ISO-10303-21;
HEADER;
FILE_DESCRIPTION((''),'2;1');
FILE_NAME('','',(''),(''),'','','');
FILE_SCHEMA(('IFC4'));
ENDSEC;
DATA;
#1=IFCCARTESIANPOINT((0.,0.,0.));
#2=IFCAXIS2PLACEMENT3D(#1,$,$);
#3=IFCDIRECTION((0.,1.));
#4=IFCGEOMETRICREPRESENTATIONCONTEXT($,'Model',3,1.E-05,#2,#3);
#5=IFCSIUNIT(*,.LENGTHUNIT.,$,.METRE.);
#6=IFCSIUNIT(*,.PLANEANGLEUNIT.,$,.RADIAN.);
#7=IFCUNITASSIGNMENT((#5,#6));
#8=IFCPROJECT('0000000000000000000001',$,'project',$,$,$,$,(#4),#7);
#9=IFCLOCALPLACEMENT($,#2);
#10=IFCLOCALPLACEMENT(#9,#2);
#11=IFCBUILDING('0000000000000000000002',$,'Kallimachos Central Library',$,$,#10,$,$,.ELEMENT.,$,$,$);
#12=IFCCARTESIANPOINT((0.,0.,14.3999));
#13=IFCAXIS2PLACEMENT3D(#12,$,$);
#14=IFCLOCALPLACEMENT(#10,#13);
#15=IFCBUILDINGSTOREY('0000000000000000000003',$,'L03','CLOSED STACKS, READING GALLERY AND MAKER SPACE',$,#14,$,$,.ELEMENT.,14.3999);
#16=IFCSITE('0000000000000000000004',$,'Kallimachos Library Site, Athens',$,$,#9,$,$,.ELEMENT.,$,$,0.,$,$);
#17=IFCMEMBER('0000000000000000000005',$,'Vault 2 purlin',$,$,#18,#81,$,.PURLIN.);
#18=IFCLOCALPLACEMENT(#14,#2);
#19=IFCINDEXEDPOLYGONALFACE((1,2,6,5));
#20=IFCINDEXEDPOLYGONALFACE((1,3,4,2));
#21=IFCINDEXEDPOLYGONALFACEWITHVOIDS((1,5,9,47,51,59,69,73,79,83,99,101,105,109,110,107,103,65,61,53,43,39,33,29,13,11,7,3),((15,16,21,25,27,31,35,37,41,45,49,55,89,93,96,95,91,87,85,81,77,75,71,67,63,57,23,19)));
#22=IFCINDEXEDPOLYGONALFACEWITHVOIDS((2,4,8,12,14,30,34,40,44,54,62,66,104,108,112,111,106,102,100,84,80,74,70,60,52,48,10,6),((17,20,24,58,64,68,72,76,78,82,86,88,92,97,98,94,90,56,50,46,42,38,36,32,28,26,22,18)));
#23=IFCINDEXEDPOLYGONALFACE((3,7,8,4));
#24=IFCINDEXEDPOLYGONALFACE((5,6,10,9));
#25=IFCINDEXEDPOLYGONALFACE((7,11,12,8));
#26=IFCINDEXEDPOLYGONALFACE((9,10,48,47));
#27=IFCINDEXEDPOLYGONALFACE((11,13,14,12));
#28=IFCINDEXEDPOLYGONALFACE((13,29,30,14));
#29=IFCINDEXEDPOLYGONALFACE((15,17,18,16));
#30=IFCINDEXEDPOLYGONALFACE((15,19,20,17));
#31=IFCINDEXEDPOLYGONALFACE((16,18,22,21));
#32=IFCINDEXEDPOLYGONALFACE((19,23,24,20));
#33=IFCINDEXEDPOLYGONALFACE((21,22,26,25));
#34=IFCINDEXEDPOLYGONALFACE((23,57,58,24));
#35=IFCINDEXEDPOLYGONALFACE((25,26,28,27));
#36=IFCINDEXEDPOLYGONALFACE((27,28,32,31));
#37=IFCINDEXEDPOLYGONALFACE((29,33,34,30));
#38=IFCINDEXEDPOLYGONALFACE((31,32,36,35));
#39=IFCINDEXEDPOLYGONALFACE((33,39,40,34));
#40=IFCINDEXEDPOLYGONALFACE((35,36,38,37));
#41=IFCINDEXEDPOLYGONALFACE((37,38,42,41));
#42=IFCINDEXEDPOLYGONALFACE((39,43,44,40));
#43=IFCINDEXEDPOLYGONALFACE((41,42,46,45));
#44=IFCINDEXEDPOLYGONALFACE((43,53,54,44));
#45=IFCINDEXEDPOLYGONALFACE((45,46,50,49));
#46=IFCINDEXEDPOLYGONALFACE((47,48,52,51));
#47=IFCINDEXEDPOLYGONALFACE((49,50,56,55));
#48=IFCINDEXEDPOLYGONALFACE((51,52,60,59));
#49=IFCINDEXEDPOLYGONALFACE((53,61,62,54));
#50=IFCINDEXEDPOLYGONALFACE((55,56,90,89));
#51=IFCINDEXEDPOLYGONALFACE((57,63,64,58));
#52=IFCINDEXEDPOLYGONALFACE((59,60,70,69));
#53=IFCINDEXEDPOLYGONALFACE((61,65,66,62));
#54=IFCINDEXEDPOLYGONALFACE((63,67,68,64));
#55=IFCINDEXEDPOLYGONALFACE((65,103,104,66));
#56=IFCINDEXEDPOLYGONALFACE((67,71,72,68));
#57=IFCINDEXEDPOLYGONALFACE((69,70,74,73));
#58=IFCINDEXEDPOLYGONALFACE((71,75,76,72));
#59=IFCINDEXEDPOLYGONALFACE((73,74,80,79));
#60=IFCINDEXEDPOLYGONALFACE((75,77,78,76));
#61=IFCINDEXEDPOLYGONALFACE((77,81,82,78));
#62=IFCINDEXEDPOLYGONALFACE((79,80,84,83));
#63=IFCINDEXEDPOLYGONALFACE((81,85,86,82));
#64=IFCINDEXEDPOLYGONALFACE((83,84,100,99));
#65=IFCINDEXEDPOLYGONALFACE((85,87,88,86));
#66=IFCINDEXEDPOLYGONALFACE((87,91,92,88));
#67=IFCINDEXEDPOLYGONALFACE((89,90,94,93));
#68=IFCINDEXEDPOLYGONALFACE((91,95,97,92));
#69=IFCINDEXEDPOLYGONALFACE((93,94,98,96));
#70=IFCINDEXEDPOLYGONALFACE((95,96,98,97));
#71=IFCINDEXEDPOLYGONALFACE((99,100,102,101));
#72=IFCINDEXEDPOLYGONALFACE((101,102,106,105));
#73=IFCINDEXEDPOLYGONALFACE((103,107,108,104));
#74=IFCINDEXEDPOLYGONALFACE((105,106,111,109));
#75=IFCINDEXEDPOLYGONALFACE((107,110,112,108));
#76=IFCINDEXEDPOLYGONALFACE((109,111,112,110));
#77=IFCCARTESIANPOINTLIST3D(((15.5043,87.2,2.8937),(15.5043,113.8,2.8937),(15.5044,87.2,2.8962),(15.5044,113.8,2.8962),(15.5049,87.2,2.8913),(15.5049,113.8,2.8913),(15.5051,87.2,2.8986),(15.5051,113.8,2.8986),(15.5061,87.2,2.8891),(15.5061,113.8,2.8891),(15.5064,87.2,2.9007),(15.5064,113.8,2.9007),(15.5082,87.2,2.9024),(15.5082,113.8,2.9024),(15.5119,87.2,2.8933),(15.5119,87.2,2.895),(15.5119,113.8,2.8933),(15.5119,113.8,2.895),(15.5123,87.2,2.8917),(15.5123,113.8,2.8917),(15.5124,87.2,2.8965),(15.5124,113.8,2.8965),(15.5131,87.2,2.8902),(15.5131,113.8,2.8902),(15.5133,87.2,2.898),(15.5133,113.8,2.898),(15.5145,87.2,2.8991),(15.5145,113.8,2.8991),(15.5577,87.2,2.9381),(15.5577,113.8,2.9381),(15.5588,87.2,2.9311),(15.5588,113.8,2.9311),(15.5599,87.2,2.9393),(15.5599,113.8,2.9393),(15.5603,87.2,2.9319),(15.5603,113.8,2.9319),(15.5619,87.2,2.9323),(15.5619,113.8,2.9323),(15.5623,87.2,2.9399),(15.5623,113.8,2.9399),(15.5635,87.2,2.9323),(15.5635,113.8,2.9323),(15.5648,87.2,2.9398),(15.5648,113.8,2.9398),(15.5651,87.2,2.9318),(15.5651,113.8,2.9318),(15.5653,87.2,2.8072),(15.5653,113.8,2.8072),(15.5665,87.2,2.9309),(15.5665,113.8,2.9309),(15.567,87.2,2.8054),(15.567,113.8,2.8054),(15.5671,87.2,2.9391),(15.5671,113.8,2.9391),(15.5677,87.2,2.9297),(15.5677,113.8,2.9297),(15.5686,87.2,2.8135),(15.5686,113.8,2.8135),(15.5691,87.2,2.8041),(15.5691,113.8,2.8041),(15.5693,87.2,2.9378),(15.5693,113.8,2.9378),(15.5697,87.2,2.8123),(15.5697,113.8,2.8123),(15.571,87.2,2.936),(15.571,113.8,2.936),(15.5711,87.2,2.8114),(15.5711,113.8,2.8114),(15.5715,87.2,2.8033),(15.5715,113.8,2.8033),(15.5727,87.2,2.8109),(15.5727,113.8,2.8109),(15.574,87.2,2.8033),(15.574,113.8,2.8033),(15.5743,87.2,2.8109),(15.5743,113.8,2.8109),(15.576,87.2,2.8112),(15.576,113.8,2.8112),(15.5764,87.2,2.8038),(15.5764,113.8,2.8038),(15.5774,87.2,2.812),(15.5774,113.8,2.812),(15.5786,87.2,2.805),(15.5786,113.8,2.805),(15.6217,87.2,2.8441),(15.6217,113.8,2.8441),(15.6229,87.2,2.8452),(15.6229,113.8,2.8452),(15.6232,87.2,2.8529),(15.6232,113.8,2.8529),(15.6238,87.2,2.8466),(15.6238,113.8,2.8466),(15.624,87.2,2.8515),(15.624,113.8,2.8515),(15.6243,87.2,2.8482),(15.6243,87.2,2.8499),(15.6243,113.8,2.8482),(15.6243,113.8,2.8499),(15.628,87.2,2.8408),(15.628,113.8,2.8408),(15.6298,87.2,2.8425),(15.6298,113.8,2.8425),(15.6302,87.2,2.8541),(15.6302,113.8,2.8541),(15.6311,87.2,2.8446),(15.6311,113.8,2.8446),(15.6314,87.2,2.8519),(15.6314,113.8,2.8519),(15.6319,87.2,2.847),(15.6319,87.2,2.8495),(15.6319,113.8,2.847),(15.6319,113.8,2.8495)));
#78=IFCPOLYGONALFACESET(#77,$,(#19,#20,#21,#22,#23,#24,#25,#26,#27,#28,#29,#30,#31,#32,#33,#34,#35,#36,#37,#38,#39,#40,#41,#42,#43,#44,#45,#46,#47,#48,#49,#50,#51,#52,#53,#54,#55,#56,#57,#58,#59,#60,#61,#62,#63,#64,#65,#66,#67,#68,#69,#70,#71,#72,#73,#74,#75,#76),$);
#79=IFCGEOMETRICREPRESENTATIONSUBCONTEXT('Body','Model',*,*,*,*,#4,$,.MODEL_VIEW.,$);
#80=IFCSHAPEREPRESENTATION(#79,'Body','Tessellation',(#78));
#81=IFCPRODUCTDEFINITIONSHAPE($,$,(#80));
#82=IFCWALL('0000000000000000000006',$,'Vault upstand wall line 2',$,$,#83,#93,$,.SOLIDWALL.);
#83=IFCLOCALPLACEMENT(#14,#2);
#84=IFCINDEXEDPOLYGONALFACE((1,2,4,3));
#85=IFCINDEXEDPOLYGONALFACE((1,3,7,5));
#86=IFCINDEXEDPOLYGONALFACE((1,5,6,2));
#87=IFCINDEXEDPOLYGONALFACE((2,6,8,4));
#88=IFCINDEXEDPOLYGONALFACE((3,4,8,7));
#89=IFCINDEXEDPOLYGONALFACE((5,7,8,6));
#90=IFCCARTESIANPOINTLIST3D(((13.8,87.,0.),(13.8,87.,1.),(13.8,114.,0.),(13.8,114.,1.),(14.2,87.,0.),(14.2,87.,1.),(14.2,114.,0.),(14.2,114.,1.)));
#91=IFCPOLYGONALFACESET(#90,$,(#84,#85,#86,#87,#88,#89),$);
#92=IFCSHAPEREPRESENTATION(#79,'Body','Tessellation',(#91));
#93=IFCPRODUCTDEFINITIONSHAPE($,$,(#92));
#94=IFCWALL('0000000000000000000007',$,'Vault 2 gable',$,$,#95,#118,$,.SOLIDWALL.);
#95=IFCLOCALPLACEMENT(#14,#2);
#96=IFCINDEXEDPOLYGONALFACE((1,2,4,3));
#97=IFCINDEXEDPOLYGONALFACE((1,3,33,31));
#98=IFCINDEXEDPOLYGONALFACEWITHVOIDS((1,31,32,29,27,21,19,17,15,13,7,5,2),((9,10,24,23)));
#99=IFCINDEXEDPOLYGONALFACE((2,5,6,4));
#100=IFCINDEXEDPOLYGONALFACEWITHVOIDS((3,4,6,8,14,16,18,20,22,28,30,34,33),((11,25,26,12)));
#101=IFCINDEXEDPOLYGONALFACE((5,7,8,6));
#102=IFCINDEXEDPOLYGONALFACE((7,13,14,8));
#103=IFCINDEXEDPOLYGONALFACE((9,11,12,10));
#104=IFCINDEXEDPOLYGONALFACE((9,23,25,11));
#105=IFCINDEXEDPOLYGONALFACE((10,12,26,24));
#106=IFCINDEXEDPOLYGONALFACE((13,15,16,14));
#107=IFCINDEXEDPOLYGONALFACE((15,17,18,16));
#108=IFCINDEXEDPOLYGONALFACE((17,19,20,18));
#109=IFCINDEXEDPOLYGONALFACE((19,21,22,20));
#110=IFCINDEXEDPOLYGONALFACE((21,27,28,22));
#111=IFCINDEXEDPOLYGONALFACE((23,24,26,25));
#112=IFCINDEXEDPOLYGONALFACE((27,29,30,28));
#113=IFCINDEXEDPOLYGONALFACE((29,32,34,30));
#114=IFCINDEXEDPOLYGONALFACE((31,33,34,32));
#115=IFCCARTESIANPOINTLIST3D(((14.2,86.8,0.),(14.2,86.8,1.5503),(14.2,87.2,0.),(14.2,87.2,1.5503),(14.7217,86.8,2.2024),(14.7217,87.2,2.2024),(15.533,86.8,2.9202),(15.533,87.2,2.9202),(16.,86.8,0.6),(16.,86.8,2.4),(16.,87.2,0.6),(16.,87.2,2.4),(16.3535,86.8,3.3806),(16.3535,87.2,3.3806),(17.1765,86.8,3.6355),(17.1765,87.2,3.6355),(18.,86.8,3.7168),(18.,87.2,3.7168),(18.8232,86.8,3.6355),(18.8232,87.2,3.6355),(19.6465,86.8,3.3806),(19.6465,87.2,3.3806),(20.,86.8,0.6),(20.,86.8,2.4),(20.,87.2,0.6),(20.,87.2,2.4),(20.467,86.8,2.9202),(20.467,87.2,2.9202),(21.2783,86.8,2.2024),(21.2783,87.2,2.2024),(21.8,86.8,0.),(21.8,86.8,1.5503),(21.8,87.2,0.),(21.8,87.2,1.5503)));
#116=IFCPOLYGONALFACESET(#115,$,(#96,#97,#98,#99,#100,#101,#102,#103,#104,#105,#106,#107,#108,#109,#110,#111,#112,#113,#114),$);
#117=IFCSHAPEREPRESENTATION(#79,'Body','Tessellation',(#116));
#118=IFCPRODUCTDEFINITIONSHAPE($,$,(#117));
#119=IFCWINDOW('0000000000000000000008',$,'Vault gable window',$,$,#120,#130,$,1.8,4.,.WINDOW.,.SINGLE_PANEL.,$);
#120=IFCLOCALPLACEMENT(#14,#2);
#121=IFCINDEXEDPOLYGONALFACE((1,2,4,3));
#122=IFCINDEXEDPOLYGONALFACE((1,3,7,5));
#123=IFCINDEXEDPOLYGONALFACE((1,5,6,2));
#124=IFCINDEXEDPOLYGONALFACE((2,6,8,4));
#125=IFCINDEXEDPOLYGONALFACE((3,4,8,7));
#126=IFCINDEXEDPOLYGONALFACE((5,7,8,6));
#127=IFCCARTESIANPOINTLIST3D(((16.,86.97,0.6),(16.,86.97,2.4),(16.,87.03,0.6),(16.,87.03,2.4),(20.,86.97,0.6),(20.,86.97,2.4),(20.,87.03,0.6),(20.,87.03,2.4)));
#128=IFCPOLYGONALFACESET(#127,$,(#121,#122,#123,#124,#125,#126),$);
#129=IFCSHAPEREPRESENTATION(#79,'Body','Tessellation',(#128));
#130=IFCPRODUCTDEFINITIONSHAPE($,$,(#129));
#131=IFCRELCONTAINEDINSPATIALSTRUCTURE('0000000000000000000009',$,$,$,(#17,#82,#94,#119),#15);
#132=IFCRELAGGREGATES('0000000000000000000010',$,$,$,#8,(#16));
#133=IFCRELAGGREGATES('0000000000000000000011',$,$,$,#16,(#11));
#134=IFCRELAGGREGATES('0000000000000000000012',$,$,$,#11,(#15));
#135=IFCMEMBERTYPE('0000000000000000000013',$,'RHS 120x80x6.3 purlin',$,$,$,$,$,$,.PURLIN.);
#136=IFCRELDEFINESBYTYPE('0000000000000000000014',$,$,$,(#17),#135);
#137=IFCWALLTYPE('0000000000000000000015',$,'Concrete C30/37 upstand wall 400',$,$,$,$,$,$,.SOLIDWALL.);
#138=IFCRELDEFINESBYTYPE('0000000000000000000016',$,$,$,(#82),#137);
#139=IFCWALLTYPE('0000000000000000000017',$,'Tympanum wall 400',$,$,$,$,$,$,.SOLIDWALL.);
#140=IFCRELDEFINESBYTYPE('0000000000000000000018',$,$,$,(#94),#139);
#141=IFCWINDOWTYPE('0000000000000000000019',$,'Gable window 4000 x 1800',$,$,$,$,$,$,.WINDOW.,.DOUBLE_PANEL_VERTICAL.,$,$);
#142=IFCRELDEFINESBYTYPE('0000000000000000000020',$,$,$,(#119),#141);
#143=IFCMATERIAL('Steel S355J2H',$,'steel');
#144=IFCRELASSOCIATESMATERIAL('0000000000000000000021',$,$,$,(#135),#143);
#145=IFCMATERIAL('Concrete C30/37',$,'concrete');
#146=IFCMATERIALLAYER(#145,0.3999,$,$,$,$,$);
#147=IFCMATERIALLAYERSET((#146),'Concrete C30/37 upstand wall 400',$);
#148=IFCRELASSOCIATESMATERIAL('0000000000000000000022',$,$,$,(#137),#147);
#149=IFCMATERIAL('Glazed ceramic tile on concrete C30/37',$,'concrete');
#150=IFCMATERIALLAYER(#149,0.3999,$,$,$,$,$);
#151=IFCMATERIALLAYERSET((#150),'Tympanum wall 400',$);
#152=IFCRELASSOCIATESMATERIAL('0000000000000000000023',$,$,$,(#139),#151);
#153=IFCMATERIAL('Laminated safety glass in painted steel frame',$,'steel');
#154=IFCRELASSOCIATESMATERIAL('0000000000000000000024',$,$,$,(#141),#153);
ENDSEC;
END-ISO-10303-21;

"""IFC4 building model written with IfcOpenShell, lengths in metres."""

from ifc_helpers import new_model, si_unit, direction, frame, frame_2d, origin, origin_2d, place, context, subcontext, project, spatial, polyline, rectangle, hollow_rectangle, outline, extrude, material, layer, layer_set, material_profile, profile_set, type_object, element, fill, save


model = new_model("IFC4")

# Units and contexts
model_context = context("Model", 3, precision=1e-05, world=origin(), true_north=direction((0.0, 1.0)))
body_context = subcontext(model_context, "Body", "Model", "MODEL_VIEW")
ifc_project = project(units=[si_unit("LENGTHUNIT", "METRE"), si_unit("PLANEANGLEUNIT", "RADIAN")], contexts=[model_context])

# Site, building, storey
site_placement = place(None, origin())
site = spatial("IfcSite", under=ifc_project, at=site_placement, Name="Kallimachos Library Site, Athens", CompositionType="ELEMENT", RefElevation=0.0)
building_placement = place(site_placement, origin())
building = spatial("IfcBuilding", under=site, at=building_placement, Name="Kallimachos Central Library", CompositionType="ELEMENT")
storey_placement = place(building_placement, frame((0.0, 0.0, 14.3999)))
storey = spatial("IfcBuildingStorey", under=building, at=storey_placement, Name="L03", Description="CLOSED STACKS, READING GALLERY AND MAKER SPACE", CompositionType="ELEMENT", Elevation=14.3999)

# Member
ifc_material_1 = material(Name="Steel S355J2H", Category="steel")
ifc_material_profile = material_profile(ifc_material_1, hollow_rectangle(XDim=0.0801, YDim=0.1201, WallThickness=0.0063, InnerFilletRadius=0.0063, OuterFilletRadius=0.0095, at=origin_2d()), Name="RHS 120x80x6.3")
ifc_profile_set = profile_set([ifc_material_profile], Name="Steel S355J2H")
member_type = type_object("IfcMemberType", Name="RHS 120x80x6.3 purlin", PredefinedType="PURLIN", material=ifc_profile_set)
for number, where, z_axis, x_axis, name in (
    (1, (15.5681, 87.2, 2.8716), (0.0, 1.0, 0.0), (-0.810449, 0.0, -0.585809), "Vault 2 purlin"),
):
    element("IfcMember", number, at=place(storey_placement, frame(where, z_axis=z_axis, x_axis=x_axis)), inside=storey, type_object=member_type, Name=name, PredefinedType="PURLIN", context=body_context, shape_type="SweptSolid", body=[
        extrude(hollow_rectangle(XDim=0.0801, YDim=0.1201, WallThickness=0.0063, InnerFilletRadius=0.0063, OuterFilletRadius=0.0095, at=origin_2d()), origin(), (0.0, 0.0, 1.0), 26.6001),
    ])

# Wall
ifc_material_2 = material(Name="Concrete C30/37", Category="concrete")
ifc_layer_1 = layer(ifc_material_2, 0.3999)
ifc_layer_set_1 = layer_set([ifc_layer_1], Name="Concrete C30/37 upstand wall 400")
wall_type_1 = type_object("IfcWallType", Name="Concrete C30/37 upstand wall 400", PredefinedType="SOLIDWALL", material=ifc_layer_set_1)
wall_1_placement = place(storey_placement, frame((14.0, 87.0, 0.0), z_axis=(0.0, 0.0, 1.0), x_axis=(0.0, 1.0, 0.0)))
element("IfcWall", 2, at=wall_1_placement, inside=storey, type_object=wall_type_1, Name="Vault upstand wall line 2", PredefinedType="SOLIDWALL", context=body_context, shape_type="SweptSolid", body=[
    extrude(rectangle(XDim=27.0, YDim=0.3999, at=frame_2d((13.5, 0.0))), origin(), (0.0, 0.0, 1.0), 1.0),
])

# Wall, opening, window
ifc_material_3 = material(Name="Glazed ceramic tile on concrete C30/37", Category="concrete")
ifc_layer_2 = layer(ifc_material_3, 0.3999)
ifc_layer_set_2 = layer_set([ifc_layer_2], Name="Tympanum wall 400")
wall_type_2 = type_object("IfcWallType", Name="Tympanum wall 400", PredefinedType="SOLIDWALL", material=ifc_layer_set_2)
wall_2_placement = place(storey_placement, frame((14.2, 87.0, 0.0), z_axis=(0.0, 0.0, 1.0), x_axis=(1.0, 0.0, 0.0)))
wall_2 = element("IfcWall", 3, at=wall_2_placement, inside=storey, type_object=wall_type_2, Name="Vault 2 gable", PredefinedType="SOLIDWALL", context=body_context, shape_type="SweptSolid", body=[
    extrude(outline(polyline([(0.0, 0.0), (7.6001, 0.0), (7.6001, 1.5503), (7.0784, 2.2024), (6.2671, 2.9202), (5.4465, 3.3806), (4.6233, 3.6355), (3.8, 3.7168), (2.9766, 3.6355), (2.1536, 3.3806), (1.333, 2.9202), (0.5217, 2.2024), (0.0, 1.5503), (0.0, 0.0)])), frame((0.0, 0.2, 0.0), z_axis=(0.0, -1.0, 0.0), x_axis=(1.0, 0.0, 0.0)), (0.0, 0.0, 1.0), 0.3999),
])
opening_placement = place(wall_2_placement, frame((1.8, 0.0, 0.6001)))
opening = element("IfcOpeningElement", 4, at=opening_placement, cuts=wall_2, PredefinedType="OPENING", context=body_context, shape_type="SweptSolid", body=[
    extrude(rectangle(XDim=4.0, YDim=1.8, at=frame_2d((2.0, 0.8999))), frame((0.0, 0.21, 0.0), z_axis=(0.0, -1.0, 0.0), x_axis=(1.0, 0.0, 0.0)), (0.0, 0.0, 1.0), 0.4199),
])
ifc_material_4 = material(Name="Laminated safety glass in painted steel frame", Category="steel")
window_type = type_object("IfcWindowType", Name="Gable window 4000 x 1800", PartitioningType="DOUBLE_PANEL_VERTICAL", PredefinedType="WINDOW", material=ifc_material_4)
window_placement = place(opening_placement, origin())
window = element("IfcWindow", 5, at=window_placement, inside=storey, type_object=window_type, Name="Vault gable window", OverallHeight=1.8, OverallWidth=4.0, PartitioningType="SINGLE_PANEL", PredefinedType="WINDOW", context=body_context, shape_type="SweptSolid", body=[
    extrude(rectangle(XDim=4.0, YDim=1.8, at=frame_2d((2.0, 0.8999))), frame((0.0, 0.03, 0.0), z_axis=(0.0, -1.0, 0.0), x_axis=(1.0, 0.0, 0.0)), (0.0, 0.0, 1.0), 0.0601),
])
fill(opening, window)

save(model, "model.ifc")
